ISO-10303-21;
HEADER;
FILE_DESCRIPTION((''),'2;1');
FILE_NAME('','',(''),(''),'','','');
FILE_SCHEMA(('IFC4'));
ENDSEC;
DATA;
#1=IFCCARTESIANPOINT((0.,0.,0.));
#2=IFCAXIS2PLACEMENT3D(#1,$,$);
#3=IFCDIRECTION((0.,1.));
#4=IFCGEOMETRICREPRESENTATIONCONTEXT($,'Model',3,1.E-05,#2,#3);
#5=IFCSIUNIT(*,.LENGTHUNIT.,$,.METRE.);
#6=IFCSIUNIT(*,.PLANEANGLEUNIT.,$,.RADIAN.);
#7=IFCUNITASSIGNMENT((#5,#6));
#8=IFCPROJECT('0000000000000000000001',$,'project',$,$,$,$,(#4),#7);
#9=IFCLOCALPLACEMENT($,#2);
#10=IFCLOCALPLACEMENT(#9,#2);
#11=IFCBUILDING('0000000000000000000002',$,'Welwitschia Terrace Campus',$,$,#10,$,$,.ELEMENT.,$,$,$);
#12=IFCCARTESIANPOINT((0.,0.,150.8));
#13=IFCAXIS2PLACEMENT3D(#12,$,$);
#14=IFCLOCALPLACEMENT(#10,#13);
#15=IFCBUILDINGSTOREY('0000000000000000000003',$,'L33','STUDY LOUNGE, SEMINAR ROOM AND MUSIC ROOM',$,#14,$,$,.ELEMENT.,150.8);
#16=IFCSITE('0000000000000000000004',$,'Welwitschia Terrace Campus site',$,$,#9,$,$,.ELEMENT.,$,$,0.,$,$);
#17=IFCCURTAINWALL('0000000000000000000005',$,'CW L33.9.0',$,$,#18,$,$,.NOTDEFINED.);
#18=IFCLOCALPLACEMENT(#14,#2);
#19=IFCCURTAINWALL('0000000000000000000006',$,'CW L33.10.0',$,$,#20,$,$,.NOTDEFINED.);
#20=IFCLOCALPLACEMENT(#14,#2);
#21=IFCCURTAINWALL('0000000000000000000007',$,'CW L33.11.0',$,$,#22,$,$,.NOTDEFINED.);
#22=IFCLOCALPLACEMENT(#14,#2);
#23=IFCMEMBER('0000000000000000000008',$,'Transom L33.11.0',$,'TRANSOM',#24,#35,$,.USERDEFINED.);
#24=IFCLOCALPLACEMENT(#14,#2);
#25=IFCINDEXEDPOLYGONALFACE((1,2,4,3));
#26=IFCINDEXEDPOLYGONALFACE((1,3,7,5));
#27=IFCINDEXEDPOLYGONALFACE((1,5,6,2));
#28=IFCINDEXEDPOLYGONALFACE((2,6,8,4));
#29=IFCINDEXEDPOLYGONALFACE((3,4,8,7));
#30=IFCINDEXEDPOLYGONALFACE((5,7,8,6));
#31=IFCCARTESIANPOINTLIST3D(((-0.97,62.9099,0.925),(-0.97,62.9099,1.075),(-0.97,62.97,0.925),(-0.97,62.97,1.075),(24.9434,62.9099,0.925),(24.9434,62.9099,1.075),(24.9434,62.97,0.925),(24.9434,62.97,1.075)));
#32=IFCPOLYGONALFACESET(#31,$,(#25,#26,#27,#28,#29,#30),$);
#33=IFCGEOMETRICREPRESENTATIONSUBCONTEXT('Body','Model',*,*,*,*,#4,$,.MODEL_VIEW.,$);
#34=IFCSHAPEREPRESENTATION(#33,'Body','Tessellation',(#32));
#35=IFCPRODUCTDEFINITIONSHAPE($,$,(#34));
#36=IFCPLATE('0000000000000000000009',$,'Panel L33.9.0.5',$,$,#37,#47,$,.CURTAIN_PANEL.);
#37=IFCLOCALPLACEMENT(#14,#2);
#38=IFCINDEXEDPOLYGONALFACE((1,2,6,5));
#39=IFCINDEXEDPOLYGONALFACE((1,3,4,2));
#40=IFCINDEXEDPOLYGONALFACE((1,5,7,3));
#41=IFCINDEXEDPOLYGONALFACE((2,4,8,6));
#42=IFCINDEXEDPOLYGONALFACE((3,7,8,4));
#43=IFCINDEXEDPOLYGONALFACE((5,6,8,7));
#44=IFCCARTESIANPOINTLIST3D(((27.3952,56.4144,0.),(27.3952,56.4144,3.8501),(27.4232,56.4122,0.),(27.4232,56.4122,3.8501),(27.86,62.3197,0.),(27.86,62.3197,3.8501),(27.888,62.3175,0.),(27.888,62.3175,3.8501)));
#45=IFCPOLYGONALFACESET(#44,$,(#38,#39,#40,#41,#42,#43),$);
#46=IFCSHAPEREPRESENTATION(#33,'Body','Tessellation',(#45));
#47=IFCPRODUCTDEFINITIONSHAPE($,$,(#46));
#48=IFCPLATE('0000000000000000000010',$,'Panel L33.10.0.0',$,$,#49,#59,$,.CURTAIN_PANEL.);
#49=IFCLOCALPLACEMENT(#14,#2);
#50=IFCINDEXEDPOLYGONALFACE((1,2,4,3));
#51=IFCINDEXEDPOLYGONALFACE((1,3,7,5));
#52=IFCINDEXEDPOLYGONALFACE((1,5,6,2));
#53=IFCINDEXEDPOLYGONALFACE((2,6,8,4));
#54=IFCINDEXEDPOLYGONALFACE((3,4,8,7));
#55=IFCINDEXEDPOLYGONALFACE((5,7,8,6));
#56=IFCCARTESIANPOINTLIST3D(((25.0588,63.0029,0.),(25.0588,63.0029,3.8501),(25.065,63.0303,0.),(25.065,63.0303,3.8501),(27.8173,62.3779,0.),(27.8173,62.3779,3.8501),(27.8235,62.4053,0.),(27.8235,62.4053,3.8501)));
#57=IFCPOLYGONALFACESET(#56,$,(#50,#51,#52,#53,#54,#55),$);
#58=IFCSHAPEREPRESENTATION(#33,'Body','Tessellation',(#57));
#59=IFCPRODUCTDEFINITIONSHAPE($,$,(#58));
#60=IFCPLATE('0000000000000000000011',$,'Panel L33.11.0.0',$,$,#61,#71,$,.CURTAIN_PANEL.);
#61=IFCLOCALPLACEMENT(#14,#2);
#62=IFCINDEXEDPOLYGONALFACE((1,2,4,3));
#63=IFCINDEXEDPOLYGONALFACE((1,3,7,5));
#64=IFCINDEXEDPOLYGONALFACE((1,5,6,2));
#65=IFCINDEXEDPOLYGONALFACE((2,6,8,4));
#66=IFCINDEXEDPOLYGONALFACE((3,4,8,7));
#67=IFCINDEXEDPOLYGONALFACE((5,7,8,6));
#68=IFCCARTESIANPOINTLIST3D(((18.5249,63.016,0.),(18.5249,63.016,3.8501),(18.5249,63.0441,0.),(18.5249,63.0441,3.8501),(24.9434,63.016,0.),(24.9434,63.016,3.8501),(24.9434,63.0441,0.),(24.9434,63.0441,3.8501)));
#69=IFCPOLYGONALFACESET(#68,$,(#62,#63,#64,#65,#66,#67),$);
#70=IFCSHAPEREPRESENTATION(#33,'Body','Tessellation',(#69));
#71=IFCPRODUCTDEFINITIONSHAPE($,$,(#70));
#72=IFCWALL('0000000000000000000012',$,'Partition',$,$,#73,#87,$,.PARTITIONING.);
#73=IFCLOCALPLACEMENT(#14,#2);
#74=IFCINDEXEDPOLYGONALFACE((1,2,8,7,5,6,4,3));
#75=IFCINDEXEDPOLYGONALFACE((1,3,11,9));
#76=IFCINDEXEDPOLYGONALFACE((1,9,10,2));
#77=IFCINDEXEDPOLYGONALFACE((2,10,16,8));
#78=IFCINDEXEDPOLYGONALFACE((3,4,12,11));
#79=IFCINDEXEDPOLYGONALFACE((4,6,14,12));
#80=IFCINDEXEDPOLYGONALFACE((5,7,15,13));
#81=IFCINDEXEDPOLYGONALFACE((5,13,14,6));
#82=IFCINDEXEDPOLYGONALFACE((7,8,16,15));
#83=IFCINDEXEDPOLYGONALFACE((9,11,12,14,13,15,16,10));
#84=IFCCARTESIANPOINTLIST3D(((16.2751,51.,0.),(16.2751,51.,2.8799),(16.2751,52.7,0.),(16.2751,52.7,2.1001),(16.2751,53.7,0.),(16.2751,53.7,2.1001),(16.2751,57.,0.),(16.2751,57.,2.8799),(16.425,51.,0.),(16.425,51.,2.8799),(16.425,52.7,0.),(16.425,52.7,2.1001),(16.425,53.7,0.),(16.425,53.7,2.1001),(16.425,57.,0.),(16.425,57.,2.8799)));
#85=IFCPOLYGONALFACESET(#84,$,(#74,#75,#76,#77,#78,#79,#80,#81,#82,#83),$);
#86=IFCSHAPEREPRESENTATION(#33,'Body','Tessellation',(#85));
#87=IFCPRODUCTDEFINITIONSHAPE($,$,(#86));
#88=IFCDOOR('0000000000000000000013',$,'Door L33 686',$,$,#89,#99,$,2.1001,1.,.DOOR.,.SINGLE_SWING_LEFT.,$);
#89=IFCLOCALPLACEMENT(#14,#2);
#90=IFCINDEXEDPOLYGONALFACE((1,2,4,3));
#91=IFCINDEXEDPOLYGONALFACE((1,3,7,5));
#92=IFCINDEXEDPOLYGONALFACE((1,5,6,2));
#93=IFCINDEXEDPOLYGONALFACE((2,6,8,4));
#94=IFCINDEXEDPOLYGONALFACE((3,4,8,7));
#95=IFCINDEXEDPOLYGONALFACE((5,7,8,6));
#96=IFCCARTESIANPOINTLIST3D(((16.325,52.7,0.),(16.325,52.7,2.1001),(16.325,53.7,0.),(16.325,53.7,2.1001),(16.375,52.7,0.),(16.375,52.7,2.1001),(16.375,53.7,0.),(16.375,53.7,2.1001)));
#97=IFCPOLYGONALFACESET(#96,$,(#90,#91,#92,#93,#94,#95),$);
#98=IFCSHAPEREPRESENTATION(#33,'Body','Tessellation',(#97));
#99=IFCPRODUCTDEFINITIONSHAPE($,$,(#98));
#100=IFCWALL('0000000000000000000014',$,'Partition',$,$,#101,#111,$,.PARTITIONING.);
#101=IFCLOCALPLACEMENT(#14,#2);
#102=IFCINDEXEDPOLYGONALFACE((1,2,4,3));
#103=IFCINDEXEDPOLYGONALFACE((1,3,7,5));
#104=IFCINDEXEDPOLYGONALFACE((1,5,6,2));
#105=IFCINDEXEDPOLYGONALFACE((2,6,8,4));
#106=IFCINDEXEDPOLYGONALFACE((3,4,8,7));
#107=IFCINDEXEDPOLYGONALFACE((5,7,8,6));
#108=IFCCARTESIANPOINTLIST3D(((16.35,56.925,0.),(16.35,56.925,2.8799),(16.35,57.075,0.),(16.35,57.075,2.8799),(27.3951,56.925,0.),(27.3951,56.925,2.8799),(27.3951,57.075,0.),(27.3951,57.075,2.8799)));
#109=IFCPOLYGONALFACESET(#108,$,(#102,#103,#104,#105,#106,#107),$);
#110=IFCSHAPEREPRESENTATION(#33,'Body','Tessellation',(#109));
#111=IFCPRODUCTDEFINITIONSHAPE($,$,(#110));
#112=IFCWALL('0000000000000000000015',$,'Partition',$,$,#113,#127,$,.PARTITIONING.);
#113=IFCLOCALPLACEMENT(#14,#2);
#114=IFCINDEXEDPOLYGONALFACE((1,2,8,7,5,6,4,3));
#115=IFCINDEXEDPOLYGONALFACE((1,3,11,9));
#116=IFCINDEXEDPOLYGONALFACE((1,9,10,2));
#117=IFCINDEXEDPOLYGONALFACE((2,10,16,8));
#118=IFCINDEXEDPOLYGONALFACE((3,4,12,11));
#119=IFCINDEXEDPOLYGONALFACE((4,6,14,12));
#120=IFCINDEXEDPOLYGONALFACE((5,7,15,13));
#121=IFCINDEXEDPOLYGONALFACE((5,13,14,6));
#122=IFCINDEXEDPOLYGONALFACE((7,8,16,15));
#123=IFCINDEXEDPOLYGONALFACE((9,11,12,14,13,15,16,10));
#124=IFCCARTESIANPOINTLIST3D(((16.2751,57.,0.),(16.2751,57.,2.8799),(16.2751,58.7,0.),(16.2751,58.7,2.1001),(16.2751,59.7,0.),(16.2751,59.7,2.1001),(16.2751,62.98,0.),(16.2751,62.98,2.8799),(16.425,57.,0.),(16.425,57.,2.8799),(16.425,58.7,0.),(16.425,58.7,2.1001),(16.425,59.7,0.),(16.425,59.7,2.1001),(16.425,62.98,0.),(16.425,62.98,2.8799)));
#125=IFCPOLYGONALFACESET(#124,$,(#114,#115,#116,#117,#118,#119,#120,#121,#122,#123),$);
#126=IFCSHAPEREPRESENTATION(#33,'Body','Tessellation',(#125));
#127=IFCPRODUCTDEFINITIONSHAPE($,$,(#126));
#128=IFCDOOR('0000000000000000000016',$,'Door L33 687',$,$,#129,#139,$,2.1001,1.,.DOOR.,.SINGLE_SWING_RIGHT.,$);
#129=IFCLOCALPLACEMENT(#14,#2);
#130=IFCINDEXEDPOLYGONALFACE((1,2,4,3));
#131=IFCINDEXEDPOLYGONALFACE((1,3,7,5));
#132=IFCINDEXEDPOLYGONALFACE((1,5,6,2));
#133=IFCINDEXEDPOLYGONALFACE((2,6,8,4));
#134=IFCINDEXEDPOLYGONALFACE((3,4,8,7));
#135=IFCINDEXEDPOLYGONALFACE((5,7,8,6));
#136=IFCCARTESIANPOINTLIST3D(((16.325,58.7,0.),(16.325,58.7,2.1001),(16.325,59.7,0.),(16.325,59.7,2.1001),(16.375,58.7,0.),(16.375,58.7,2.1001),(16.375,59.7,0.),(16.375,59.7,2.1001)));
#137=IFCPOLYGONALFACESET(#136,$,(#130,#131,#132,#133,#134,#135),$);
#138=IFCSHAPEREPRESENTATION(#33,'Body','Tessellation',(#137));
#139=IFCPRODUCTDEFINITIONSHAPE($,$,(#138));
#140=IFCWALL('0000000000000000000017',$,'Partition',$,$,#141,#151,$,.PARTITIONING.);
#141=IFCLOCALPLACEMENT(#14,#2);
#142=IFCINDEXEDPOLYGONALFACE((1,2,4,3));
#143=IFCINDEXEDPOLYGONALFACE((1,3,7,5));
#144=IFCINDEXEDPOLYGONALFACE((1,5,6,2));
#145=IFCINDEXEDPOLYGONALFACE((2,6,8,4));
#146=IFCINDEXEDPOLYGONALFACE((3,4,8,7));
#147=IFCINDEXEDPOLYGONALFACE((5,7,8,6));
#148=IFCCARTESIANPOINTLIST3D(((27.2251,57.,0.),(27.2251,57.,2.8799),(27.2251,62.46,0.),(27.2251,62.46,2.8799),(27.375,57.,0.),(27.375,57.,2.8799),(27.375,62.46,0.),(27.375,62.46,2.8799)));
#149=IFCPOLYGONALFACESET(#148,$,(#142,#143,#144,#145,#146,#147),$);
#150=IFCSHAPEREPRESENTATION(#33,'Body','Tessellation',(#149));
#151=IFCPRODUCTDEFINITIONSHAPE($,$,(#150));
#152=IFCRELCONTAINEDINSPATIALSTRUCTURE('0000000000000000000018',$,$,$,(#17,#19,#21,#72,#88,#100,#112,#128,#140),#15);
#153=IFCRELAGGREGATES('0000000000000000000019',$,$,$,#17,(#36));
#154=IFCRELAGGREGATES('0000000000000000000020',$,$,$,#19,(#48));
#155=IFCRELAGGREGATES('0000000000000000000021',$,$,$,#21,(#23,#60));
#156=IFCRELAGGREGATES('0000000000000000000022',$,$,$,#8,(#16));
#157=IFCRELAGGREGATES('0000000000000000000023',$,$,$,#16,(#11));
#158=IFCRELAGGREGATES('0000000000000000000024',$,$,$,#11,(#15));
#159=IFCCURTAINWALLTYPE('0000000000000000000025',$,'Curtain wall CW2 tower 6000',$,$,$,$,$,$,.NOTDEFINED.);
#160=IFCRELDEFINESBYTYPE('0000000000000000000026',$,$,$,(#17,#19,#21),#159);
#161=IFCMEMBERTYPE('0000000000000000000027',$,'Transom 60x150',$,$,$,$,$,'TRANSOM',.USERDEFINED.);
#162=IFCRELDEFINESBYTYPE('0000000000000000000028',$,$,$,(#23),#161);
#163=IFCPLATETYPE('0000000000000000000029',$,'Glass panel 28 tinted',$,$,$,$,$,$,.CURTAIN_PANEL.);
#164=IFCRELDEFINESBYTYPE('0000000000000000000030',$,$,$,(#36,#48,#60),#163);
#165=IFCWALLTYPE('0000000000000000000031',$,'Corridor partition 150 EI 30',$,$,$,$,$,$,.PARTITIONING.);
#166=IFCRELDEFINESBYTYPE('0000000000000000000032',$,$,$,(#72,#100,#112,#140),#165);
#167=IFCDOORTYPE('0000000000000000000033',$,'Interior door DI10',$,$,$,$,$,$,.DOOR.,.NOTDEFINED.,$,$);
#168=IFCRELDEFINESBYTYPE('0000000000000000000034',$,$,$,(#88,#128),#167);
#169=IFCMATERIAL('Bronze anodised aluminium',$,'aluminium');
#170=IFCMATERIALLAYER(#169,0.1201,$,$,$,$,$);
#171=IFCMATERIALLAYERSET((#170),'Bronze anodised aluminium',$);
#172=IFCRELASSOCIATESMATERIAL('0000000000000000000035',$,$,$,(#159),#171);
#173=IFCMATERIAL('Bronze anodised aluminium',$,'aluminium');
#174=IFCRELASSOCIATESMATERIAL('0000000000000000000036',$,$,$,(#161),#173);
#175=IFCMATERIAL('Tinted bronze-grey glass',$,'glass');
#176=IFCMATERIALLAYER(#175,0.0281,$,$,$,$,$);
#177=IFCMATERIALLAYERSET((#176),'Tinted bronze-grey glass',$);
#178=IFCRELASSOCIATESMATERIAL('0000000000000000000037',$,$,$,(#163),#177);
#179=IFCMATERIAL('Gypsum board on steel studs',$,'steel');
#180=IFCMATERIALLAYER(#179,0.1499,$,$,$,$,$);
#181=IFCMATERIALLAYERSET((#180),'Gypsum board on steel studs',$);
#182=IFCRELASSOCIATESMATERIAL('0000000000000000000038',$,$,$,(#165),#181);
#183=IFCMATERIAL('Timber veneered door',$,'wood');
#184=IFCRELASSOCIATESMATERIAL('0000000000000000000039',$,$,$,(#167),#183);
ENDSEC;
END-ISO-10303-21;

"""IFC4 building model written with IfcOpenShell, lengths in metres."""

from ifc_helpers import new_model, si_unit, direction, frame, frame_2d, origin, origin_2d, place, context, subcontext, project, spatial, rectangle, extrude, material, layer, layer_set, material_profile, profile_set, type_object, element, fill, aggregate, save


model = new_model("IFC4")

# Units and contexts
model_context = context("Model", 3, precision=1e-05, world=origin(), true_north=direction((0.0, 1.0)))
body_context = subcontext(model_context, "Body", "Model", "MODEL_VIEW")
ifc_project = project(units=[si_unit("LENGTHUNIT", "METRE"), si_unit("PLANEANGLEUNIT", "RADIAN")], contexts=[model_context])

# Site, building, storey
site_placement = place(None, origin())
site = spatial("IfcSite", under=ifc_project, at=site_placement, Name="Welwitschia Terrace Campus site", CompositionType="ELEMENT", RefElevation=0.0)
building_placement = place(site_placement, origin())
building = spatial("IfcBuilding", under=site, at=building_placement, Name="Welwitschia Terrace Campus", CompositionType="ELEMENT")
storey_placement = place(building_placement, frame((0.0, 0.0, 150.8)))
storey = spatial("IfcBuildingStorey", under=building, at=storey_placement, Name="L33", Description="STUDY LOUNGE, SEMINAR ROOM AND MUSIC ROOM", CompositionType="ELEMENT", Elevation=150.8)

# Curtain walls
ifc_material_1 = material(Name="Bronze anodised aluminium", Category="aluminium")
ifc_layer_1 = layer(ifc_material_1, 0.1201)
ifc_layer_set_1 = layer_set([ifc_layer_1], Name="Bronze anodised aluminium")
curtain_wall_type = type_object("IfcCurtainWallType", Name="Curtain wall CW2 tower 6000", PredefinedType="NOTDEFINED", material=ifc_layer_set_1)
curtain_wall_1_placement = place(storey_placement, origin())
curtain_wall_1 = element("IfcCurtainWall", 1, at=curtain_wall_1_placement, inside=storey, type_object=curtain_wall_type, Name="CW L33.9.0", PredefinedType="NOTDEFINED")
curtain_wall_2_placement = place(storey_placement, origin())
curtain_wall_2 = element("IfcCurtainWall", 2, at=curtain_wall_2_placement, inside=storey, type_object=curtain_wall_type, Name="CW L33.10.0", PredefinedType="NOTDEFINED")
curtain_wall_3_placement = place(storey_placement, origin())
curtain_wall_3 = element("IfcCurtainWall", 3, at=curtain_wall_3_placement, inside=storey, type_object=curtain_wall_type, Name="CW L33.11.0", PredefinedType="NOTDEFINED")

# Member
ifc_material_2 = material(Name="Bronze anodised aluminium", Category="aluminium")
ifc_material_profile_1 = material_profile(ifc_material_2, rectangle(XDim=0.0601, YDim=0.1499, at=origin_2d()))
ifc_profile_set_1 = profile_set([ifc_material_profile_1], Name="Bronze anodised aluminium")
member_type_1 = type_object("IfcMemberType", Name="Transom 60x150", ElementType="TRANSOM", PredefinedType="USERDEFINED", material=ifc_profile_set_1)
member_1_placement = place(storey_placement, frame((24.9434, 62.9399, 1.0), z_axis=(-1.0, 0.0, 0.0), x_axis=(0.0, -1.0, 0.0)))
member_1 = element("IfcMember", 4, at=member_1_placement, type_object=member_type_1, Name="Transom L33.11.0", ObjectType="TRANSOM", PredefinedType="USERDEFINED", context=body_context, shape_type="SweptSolid", body=[
    extrude(rectangle(XDim=0.0601, YDim=0.1499, at=origin_2d()), origin(), (0.0, 0.0, 1.0), 25.9133),
])

# Plates
ifc_material_3 = material(Name="Tinted bronze-grey glass", Category="glass")
ifc_layer_2 = layer(ifc_material_3, 0.0281)
ifc_layer_set_2 = layer_set([ifc_layer_2], Name="Tinted bronze-grey glass")
plate_type = type_object("IfcPlateType", Name="Glass panel 28 tinted", PredefinedType="CURTAIN_PANEL", material=ifc_layer_set_2)
plate_1_placement = place(storey_placement, frame((27.6416, 59.366, 0.0), z_axis=(0.0, 0.0, 1.0), x_axis=(0.078459, 0.996917, 0.0)))
plate_1 = element("IfcPlate", 5, at=plate_1_placement, type_object=plate_type, Name="Panel L33.9.0.5", PredefinedType="CURTAIN_PANEL", context=body_context, shape_type="SweptSolid", body=[
    extrude(rectangle(XDim=5.9236, YDim=0.0281, at=origin_2d()), origin(), (0.0, 0.0, 1.0), 3.8501),
])
aggregate(curtain_wall_1, [plate_1])
plate_2_placement = place(storey_placement, frame((26.4412, 62.7041, 0.0), z_axis=(0.0, 0.0, 1.0), x_axis=(-0.975275, 0.220997, 0.0)))
plate_2 = element("IfcPlate", 6, at=plate_2_placement, type_object=plate_type, Name="Panel L33.10.0.0", PredefinedType="CURTAIN_PANEL", context=body_context, shape_type="SweptSolid", body=[
    extrude(rectangle(XDim=2.8284, YDim=0.0281, at=origin_2d()), origin(), (0.0, 0.0, 1.0), 3.8501),
])
aggregate(curtain_wall_2, [plate_2])
plate_3_placement = place(storey_placement, frame((21.7341, 63.03, 0.0), z_axis=(0.0, 0.0, 1.0), x_axis=(-1.0, 0.0, 0.0)))
plate_3 = element("IfcPlate", 7, at=plate_3_placement, type_object=plate_type, Name="Panel L33.11.0.0", PredefinedType="CURTAIN_PANEL", context=body_context, shape_type="SweptSolid", body=[
    extrude(rectangle(XDim=6.4185, YDim=0.0281, at=origin_2d()), origin(), (0.0, 0.0, 1.0), 3.8501),
])
aggregate(curtain_wall_3, [member_1, plate_3])

# Wall, opening, door
ifc_material_4 = material(Name="Gypsum board on steel studs", Category="steel")
ifc_layer_3 = layer(ifc_material_4, 0.1499)
ifc_layer_set_3 = layer_set([ifc_layer_3], Name="Gypsum board on steel studs")
wall_type = type_object("IfcWallType", Name="Corridor partition 150 EI 30", PredefinedType="PARTITIONING", material=ifc_layer_set_3)
wall_1_placement = place(storey_placement, frame((16.3501, 57.0, 0.0), z_axis=(0.0, 0.0, 1.0), x_axis=(0.0, -1.0, 0.0)))
wall_1 = element("IfcWall", 8, at=wall_1_placement, inside=storey, type_object=wall_type, Name="Partition", PredefinedType="PARTITIONING", context=body_context, shape_type="SweptSolid", body=[
    extrude(rectangle(XDim=6.0, YDim=0.1499, at=frame_2d((3.0, 0.0))), origin(), (0.0, 0.0, 1.0), 2.8799),
])
opening_1_placement = place(wall_1_placement, frame((3.3, 0.0, 0.0)))
opening_1 = element("IfcOpeningElement", 9, at=opening_1_placement, cuts=wall_1, PredefinedType="OPENING", context=body_context, shape_type="SweptSolid", body=[
    extrude(rectangle(XDim=1.0, YDim=2.1001, at=frame_2d((0.5, 1.05))), frame((0.0, 0.085, 0.0), z_axis=(0.0, -1.0, 0.0), x_axis=(1.0, 0.0, 0.0)), (0.0, 0.0, 1.0), 0.1699),
])
ifc_material_5 = material(Name="Timber veneered door", Category="wood")
door_type = type_object("IfcDoorType", Name="Interior door DI10", OperationType="NOTDEFINED", PredefinedType="DOOR", material=ifc_material_5)
door_1_placement = place(opening_1_placement, origin())
door_1 = element("IfcDoor", 10, at=door_1_placement, inside=storey, type_object=door_type, Name="Door L33 686", OperationType="SINGLE_SWING_LEFT", OverallHeight=2.1001, OverallWidth=1.0, PredefinedType="DOOR", context=body_context, shape_type="SweptSolid", body=[
    extrude(rectangle(XDim=1.0, YDim=2.1001, at=frame_2d((0.5, 1.05))), frame((0.0, 0.0249, 0.0), z_axis=(0.0, -1.0, 0.0), x_axis=(1.0, 0.0, 0.0)), (0.0, 0.0, 1.0), 0.05),
])
fill(opening_1, door_1)

# Wall
wall_2_placement = place(storey_placement, frame((16.3501, 57.0, 0.0), z_axis=(0.0, 0.0, 1.0), x_axis=(1.0, 0.0, 0.0)))
element("IfcWall", 11, at=wall_2_placement, inside=storey, type_object=wall_type, Name="Partition", PredefinedType="PARTITIONING", context=body_context, shape_type="SweptSolid", body=[
    extrude(rectangle(XDim=11.0452, YDim=0.1499, at=frame_2d((5.5225, 0.0))), origin(), (0.0, 0.0, 1.0), 2.8799),
])

# Wall, opening, door
wall_3_placement = place(storey_placement, frame((16.3501, 62.98, 0.0), z_axis=(0.0, 0.0, 1.0), x_axis=(0.0, -1.0, 0.0)))
wall_3 = element("IfcWall", 12, at=wall_3_placement, inside=storey, type_object=wall_type, Name="Partition", PredefinedType="PARTITIONING", context=body_context, shape_type="SweptSolid", body=[
    extrude(rectangle(XDim=5.98, YDim=0.1499, at=frame_2d((2.99, 0.0))), origin(), (0.0, 0.0, 1.0), 2.8799),
])
opening_2_placement = place(wall_3_placement, frame((3.28, 0.0, 0.0)))
opening_2 = element("IfcOpeningElement", 13, at=opening_2_placement, cuts=wall_3, PredefinedType="OPENING", context=body_context, shape_type="SweptSolid", body=[
    extrude(rectangle(XDim=1.0, YDim=2.1001, at=frame_2d((0.5, 1.05))), frame((0.0, 0.085, 0.0), z_axis=(0.0, -1.0, 0.0), x_axis=(1.0, 0.0, 0.0)), (0.0, 0.0, 1.0), 0.1699),
])
door_2_placement = place(opening_2_placement, origin())
door_2 = element("IfcDoor", 14, at=door_2_placement, inside=storey, type_object=door_type, Name="Door L33 687", OperationType="SINGLE_SWING_RIGHT", OverallHeight=2.1001, OverallWidth=1.0, PredefinedType="DOOR", context=body_context, shape_type="SweptSolid", body=[
    extrude(rectangle(XDim=1.0, YDim=2.1001, at=frame_2d((0.5, 1.05))), frame((0.0, 0.0249, 0.0), z_axis=(0.0, -1.0, 0.0), x_axis=(1.0, 0.0, 0.0)), (0.0, 0.0, 1.0), 0.05),
])
fill(opening_2, door_2)

# Wall
wall_4_placement = place(storey_placement, frame((27.3, 57.0, 0.0), z_axis=(0.0, 0.0, 1.0), x_axis=(0.0, 1.0, 0.0)))
element("IfcWall", 15, at=wall_4_placement, inside=storey, type_object=wall_type, Name="Partition", PredefinedType="PARTITIONING", context=body_context, shape_type="SweptSolid", body=[
    extrude(rectangle(XDim=5.46, YDim=0.1499, at=frame_2d((2.73, 0.0))), origin(), (0.0, 0.0, 1.0), 2.8799),
])

save(model, "model.ifc")
